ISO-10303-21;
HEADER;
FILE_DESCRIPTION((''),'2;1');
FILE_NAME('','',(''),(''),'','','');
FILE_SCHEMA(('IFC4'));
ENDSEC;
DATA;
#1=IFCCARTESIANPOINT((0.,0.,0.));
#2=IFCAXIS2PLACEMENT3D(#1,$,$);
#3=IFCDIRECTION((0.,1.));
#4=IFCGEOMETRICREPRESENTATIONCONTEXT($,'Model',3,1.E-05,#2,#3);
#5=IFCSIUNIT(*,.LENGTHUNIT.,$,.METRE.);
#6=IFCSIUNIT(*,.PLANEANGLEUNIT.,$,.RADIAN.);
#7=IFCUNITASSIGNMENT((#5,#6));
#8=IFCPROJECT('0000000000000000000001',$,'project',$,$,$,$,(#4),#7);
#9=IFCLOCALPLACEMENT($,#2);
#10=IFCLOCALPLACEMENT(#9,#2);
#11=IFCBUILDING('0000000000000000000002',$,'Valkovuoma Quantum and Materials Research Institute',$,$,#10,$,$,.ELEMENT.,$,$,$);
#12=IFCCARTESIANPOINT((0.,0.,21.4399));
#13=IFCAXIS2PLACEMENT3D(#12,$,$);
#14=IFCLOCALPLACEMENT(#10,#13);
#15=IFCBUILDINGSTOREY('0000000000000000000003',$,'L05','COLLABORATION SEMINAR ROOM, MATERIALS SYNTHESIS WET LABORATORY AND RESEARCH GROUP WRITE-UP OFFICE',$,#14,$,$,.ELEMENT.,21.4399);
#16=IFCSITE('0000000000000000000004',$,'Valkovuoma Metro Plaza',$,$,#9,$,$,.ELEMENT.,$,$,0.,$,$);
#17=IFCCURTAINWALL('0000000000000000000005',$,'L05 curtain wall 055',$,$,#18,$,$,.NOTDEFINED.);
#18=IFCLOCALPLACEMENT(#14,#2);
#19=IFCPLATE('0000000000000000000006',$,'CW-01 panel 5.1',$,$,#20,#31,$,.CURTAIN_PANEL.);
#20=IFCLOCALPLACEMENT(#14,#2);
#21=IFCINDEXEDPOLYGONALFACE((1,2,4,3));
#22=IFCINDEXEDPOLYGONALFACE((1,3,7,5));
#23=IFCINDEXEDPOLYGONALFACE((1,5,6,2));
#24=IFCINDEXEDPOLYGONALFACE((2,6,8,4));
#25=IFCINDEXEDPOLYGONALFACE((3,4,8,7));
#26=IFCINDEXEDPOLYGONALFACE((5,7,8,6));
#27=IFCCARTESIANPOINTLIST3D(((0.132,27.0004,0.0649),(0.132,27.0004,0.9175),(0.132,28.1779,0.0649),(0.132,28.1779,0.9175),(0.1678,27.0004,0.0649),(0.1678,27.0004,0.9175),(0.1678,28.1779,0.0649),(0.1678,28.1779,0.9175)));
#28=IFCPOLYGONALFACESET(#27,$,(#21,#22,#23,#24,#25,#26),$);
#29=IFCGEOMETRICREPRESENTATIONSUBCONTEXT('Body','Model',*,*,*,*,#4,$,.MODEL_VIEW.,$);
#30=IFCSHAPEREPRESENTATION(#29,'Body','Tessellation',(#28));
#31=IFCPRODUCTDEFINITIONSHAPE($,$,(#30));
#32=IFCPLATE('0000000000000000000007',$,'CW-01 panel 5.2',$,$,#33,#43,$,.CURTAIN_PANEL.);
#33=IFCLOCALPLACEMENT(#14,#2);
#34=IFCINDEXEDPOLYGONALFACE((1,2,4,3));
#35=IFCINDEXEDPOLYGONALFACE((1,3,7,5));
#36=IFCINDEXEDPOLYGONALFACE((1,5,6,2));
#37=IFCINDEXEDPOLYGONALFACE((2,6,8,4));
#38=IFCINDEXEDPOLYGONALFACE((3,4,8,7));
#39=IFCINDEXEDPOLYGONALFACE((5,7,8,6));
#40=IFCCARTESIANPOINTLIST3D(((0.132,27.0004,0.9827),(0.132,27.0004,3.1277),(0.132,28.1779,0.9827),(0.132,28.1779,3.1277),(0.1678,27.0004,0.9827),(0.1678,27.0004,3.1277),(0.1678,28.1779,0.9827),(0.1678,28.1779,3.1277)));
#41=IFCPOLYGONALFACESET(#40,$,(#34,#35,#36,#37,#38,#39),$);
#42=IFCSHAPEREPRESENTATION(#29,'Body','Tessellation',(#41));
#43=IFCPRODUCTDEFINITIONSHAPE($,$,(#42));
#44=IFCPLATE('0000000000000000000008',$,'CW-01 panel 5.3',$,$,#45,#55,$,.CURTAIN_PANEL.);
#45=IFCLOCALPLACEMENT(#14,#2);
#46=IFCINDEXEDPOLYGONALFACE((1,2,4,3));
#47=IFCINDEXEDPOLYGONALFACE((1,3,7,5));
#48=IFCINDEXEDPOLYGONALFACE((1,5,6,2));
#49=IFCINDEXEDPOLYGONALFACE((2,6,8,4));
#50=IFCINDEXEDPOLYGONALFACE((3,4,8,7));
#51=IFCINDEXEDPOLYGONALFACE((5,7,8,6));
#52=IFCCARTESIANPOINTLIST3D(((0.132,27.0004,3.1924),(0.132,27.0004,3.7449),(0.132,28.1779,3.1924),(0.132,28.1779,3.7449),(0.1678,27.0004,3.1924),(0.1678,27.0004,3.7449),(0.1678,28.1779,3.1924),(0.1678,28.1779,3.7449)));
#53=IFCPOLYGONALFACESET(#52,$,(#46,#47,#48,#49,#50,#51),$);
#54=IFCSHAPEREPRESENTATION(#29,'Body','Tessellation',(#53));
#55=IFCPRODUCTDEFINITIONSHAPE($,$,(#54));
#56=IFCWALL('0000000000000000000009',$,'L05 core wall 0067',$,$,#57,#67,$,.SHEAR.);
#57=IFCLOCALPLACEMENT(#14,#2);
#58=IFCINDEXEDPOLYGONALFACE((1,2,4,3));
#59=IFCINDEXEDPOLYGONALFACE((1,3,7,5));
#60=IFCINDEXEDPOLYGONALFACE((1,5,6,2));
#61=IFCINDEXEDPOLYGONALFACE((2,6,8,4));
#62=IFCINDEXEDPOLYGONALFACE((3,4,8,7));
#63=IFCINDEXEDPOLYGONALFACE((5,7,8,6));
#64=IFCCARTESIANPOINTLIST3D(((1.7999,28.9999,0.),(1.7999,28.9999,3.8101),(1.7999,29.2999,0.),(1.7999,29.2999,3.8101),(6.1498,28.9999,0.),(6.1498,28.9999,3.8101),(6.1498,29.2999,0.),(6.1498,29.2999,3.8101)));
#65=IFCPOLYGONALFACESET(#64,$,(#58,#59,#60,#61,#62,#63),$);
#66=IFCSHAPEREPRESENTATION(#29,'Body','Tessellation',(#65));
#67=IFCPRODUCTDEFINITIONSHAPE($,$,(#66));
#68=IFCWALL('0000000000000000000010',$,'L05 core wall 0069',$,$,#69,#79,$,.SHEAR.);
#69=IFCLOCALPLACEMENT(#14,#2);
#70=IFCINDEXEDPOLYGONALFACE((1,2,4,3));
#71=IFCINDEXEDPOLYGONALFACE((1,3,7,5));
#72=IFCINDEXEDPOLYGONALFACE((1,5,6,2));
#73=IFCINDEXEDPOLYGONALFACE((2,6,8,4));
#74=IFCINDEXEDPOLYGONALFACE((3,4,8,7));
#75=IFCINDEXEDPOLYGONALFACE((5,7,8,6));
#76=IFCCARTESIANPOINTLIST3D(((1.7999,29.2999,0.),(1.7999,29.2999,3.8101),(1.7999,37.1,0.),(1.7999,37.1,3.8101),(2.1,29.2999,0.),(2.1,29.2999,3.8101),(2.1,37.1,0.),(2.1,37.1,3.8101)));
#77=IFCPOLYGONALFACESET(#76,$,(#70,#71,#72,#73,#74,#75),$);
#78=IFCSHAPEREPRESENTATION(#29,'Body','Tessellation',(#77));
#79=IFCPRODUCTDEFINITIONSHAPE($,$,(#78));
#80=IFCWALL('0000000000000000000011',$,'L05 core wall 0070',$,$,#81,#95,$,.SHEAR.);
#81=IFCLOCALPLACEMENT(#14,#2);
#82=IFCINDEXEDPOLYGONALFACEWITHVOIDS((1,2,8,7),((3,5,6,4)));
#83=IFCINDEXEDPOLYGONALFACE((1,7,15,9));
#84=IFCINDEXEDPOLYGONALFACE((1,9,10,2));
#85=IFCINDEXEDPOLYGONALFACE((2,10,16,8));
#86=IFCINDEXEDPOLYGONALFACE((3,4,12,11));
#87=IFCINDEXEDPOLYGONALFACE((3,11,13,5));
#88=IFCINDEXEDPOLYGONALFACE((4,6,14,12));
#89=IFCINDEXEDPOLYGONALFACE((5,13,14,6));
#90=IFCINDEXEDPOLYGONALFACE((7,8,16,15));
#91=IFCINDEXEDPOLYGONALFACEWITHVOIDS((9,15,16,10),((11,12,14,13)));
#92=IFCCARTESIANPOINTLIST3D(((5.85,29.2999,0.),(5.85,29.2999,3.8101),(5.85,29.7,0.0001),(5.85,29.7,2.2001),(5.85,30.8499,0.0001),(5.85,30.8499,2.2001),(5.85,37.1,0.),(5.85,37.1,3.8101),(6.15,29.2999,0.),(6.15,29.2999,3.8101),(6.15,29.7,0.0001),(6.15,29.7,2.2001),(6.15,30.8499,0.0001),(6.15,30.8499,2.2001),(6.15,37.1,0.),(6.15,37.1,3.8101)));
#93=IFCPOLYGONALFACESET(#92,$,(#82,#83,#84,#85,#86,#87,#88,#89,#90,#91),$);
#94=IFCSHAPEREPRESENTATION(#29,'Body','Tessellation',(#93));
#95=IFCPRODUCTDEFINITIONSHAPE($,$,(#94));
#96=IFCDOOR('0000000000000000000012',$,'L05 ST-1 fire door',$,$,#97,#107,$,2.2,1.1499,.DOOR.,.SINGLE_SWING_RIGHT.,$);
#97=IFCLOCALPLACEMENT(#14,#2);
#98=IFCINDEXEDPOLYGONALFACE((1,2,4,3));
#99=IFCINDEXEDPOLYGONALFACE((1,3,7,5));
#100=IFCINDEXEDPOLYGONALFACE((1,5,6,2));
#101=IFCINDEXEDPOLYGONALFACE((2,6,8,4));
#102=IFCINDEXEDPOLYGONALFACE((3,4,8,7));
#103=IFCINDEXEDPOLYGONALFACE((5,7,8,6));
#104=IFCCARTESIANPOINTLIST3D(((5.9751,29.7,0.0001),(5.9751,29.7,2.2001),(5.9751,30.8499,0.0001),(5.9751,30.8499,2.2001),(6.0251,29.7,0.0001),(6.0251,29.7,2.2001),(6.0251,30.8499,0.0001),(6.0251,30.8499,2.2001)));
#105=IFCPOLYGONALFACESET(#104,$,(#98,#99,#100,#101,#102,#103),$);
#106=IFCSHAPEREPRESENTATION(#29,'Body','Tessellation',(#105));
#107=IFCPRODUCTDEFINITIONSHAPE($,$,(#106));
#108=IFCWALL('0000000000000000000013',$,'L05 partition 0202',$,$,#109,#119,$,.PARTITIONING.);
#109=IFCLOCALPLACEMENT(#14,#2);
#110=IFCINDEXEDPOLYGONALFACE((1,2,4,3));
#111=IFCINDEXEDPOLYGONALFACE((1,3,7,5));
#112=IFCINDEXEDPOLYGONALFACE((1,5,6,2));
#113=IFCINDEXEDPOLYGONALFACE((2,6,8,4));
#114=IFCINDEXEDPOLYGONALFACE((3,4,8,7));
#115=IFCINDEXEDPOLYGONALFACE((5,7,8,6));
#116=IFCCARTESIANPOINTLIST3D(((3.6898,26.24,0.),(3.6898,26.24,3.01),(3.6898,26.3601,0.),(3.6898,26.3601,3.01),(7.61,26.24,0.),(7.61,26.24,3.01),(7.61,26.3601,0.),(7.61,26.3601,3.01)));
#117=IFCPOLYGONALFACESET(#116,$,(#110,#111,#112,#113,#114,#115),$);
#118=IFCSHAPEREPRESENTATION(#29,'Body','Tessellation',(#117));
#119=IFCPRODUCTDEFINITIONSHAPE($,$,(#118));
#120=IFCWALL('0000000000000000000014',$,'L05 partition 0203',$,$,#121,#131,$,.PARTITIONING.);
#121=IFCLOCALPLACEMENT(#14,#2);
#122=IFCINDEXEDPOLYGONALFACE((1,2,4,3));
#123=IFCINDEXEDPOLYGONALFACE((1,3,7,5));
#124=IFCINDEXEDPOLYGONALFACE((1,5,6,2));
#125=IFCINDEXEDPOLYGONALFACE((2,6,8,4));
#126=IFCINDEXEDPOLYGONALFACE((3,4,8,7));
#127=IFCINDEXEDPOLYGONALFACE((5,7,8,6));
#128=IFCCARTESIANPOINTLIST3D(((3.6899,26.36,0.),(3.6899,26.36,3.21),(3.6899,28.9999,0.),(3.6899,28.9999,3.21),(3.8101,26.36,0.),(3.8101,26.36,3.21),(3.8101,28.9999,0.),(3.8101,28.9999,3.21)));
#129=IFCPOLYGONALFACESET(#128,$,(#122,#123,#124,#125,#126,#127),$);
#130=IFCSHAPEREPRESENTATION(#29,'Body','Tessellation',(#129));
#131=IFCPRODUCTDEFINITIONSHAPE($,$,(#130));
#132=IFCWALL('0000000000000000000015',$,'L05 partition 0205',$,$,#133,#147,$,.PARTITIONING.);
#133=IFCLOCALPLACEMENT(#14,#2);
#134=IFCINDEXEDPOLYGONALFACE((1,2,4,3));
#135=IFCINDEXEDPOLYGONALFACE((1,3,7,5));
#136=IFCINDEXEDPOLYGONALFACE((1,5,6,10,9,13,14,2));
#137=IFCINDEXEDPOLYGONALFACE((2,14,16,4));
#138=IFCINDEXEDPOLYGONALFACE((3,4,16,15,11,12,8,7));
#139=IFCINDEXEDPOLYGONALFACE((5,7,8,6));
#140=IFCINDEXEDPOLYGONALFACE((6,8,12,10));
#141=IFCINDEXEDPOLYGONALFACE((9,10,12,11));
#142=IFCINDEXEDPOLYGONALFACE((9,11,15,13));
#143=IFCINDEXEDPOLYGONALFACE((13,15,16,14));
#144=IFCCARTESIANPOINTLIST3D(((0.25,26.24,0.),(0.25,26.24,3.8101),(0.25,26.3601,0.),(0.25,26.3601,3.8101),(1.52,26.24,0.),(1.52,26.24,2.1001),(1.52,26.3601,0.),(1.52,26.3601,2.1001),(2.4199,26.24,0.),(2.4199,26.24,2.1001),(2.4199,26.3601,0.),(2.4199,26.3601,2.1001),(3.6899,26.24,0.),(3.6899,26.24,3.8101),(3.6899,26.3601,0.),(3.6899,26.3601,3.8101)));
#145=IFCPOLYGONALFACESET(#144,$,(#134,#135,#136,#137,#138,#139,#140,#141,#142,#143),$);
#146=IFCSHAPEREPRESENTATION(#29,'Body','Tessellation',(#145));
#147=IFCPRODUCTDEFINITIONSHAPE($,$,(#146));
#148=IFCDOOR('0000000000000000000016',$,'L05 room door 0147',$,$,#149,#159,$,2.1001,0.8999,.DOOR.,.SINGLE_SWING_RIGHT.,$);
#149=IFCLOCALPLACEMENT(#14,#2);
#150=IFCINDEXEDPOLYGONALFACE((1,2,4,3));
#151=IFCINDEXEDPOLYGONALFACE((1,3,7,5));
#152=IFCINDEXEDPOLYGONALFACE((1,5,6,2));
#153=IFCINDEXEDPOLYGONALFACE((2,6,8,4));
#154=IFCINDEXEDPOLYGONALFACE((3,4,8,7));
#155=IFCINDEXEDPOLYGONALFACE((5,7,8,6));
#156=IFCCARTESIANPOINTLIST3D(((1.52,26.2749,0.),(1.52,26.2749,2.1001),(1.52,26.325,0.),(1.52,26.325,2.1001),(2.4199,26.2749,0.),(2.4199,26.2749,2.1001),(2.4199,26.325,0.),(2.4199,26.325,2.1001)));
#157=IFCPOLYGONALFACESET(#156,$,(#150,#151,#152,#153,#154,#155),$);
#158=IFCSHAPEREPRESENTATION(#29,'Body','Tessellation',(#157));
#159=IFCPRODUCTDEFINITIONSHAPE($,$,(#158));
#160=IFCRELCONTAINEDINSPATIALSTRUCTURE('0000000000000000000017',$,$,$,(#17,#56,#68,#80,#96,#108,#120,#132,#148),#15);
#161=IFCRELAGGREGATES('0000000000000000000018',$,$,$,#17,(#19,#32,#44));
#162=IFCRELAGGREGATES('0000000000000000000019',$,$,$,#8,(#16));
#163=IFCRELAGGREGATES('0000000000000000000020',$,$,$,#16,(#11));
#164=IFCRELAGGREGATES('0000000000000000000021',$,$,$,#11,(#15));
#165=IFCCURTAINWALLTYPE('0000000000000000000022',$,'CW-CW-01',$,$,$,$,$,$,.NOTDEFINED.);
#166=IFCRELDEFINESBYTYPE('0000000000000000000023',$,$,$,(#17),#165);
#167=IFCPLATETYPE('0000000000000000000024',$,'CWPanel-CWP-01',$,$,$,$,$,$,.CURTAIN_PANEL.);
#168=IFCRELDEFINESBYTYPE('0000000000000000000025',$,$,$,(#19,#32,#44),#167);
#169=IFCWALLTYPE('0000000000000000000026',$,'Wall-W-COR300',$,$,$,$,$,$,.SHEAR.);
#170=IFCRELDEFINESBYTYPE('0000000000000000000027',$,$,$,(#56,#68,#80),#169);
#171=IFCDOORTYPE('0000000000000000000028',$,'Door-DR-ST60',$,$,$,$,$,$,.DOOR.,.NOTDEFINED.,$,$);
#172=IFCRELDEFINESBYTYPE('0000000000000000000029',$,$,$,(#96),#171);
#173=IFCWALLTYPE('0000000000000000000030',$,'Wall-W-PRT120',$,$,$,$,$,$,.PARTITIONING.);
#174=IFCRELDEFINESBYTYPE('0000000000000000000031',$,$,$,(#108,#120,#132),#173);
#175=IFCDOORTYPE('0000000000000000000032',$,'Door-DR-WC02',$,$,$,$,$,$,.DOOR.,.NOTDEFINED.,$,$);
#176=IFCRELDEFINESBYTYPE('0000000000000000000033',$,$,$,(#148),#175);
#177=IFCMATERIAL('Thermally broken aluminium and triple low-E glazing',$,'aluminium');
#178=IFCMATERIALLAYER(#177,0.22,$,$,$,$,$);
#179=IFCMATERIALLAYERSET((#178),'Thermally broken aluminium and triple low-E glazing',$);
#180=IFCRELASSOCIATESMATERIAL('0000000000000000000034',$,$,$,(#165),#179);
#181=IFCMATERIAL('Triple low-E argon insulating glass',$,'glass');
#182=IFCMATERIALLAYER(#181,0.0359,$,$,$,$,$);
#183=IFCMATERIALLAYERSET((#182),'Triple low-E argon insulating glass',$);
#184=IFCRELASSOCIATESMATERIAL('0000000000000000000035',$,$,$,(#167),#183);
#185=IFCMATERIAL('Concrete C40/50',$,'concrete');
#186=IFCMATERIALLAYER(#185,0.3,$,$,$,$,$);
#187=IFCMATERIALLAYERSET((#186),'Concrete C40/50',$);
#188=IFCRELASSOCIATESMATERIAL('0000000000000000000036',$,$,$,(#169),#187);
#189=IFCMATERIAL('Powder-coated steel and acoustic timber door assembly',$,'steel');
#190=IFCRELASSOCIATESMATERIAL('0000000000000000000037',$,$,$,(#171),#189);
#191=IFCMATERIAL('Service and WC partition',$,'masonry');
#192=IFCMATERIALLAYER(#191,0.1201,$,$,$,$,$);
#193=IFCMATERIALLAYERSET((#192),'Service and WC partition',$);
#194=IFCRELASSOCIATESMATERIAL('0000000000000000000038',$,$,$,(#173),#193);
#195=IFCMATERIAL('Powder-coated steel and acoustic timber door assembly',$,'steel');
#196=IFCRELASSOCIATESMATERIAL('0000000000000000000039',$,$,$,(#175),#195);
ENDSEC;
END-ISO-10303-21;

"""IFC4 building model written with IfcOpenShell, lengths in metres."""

from ifc_helpers import new_model, si_unit, direction, frame, frame_2d, origin, origin_2d, place, context, subcontext, project, spatial, rectangle, extrude, material, layer, layer_set, type_object, element, fill, aggregate, save


model = new_model("IFC4")

# Units and contexts
model_context = context("Model", 3, precision=1e-05, world=origin(), true_north=direction((0.0, 1.0)))
body_context = subcontext(model_context, "Body", "Model", "MODEL_VIEW")
ifc_project = project(units=[si_unit("LENGTHUNIT", "METRE"), si_unit("PLANEANGLEUNIT", "RADIAN")], contexts=[model_context])

# Site, building, storey
site_placement = place(None, origin())
site = spatial("IfcSite", under=ifc_project, at=site_placement, Name="Valkovuoma Metro Plaza", CompositionType="ELEMENT", RefElevation=0.0)
building_placement = place(site_placement, origin())
building = spatial("IfcBuilding", under=site, at=building_placement, Name="Valkovuoma Quantum and Materials Research Institute", CompositionType="ELEMENT")
storey_placement = place(building_placement, frame((0.0, 0.0, 21.4399)))
storey = spatial("IfcBuildingStorey", under=building, at=storey_placement, Name="L05", Description="COLLABORATION SEMINAR ROOM, MATERIALS SYNTHESIS WET LABORATORY AND RESEARCH GROUP WRITE-UP OFFICE", CompositionType="ELEMENT", Elevation=21.4399)

# Curtain wall, plates
ifc_material_1 = material(Name="Thermally broken aluminium and triple low-E glazing", Category="aluminium")
ifc_layer_1 = layer(ifc_material_1, 0.22)
ifc_layer_set_1 = layer_set([ifc_layer_1], Name="Thermally broken aluminium and triple low-E glazing")
curtain_wall_type = type_object("IfcCurtainWallType", Name="CW-CW-01", PredefinedType="NOTDEFINED", material=ifc_layer_set_1)
curtain_wall_placement = place(storey_placement, origin())
curtain_wall = element("IfcCurtainWall", 1, at=curtain_wall_placement, inside=storey, type_object=curtain_wall_type, Name="L05 curtain wall 055", PredefinedType="NOTDEFINED")
ifc_material_2 = material(Name="Triple low-E argon insulating glass", Category="glass")
ifc_layer_2 = layer(ifc_material_2, 0.0359)
ifc_layer_set_2 = layer_set([ifc_layer_2], Name="Triple low-E argon insulating glass")
plate_type = type_object("IfcPlateType", Name="CWPanel-CWP-01", PredefinedType="CURTAIN_PANEL", material=ifc_layer_set_2)
plate_1_placement = place(storey_placement, frame((0.1499, 27.5891, 0.0649), z_axis=(0.0, 0.0, 1.0), x_axis=(0.0, 1.0, 0.0)))
plate_1 = element("IfcPlate", 2, at=plate_1_placement, type_object=plate_type, Name="CW-01 panel 5.1", PredefinedType="CURTAIN_PANEL", context=body_context, shape_type="SweptSolid", body=[
    extrude(rectangle(XDim=1.1775, YDim=0.0359, at=origin_2d()), origin(), (0.0, 0.0, 1.0), 0.8525),
])
plate_2_placement = place(storey_placement, frame((0.1499, 27.5891, 0.9827), z_axis=(0.0, 0.0, 1.0), x_axis=(0.0, 1.0, 0.0)))
plate_2 = element("IfcPlate", 3, at=plate_2_placement, type_object=plate_type, Name="CW-01 panel 5.2", PredefinedType="CURTAIN_PANEL", context=body_context, shape_type="SweptSolid", body=[
    extrude(rectangle(XDim=1.1775, YDim=0.0359, at=origin_2d()), origin(), (0.0, 0.0, 1.0), 2.145),
])
plate_3_placement = place(storey_placement, frame((0.1499, 27.5891, 3.1924), z_axis=(0.0, 0.0, 1.0), x_axis=(0.0, 1.0, 0.0)))
plate_3 = element("IfcPlate", 4, at=plate_3_placement, type_object=plate_type, Name="CW-01 panel 5.3", PredefinedType="CURTAIN_PANEL", context=body_context, shape_type="SweptSolid", body=[
    extrude(rectangle(XDim=1.1775, YDim=0.0359, at=origin_2d()), origin(), (0.0, 0.0, 1.0), 0.5525),
])
aggregate(curtain_wall, [plate_1, plate_2, plate_3])

# Walls
ifc_material_3 = material(Name="Concrete C40/50", Category="concrete")
ifc_layer_3 = layer(ifc_material_3, 0.3)
ifc_layer_set_3 = layer_set([ifc_layer_3], Name="Concrete C40/50")
wall_type_1 = type_object("IfcWallType", Name="Wall-W-COR300", PredefinedType="SHEAR", material=ifc_layer_set_3)
wall_1_placement = place(storey_placement, frame((1.8, 29.1499, 0.0), z_axis=(0.0, 0.0, 1.0), x_axis=(1.0, 0.0, 0.0)))
element("IfcWall", 5, at=wall_1_placement, inside=storey, type_object=wall_type_1, Name="L05 core wall 0067", PredefinedType="SHEAR", context=body_context, shape_type="SweptSolid", body=[
    extrude(rectangle(XDim=4.3499, YDim=0.3, at=frame_2d((2.1748, 0.0))), origin(), (0.0, 0.0, 1.0), 3.8101),
])
wall_2_placement = place(storey_placement, frame((1.95, 29.3, 0.0), z_axis=(0.0, 0.0, 1.0), x_axis=(0.0, 1.0, 0.0)))
element("IfcWall", 6, at=wall_2_placement, inside=storey, type_object=wall_type_1, Name="L05 core wall 0069", PredefinedType="SHEAR", context=body_context, shape_type="SweptSolid", body=[
    extrude(rectangle(XDim=7.8, YDim=0.3, at=frame_2d((3.8999, 0.0))), origin(), (0.0, 0.0, 1.0), 3.8101),
])

# Wall, opening, door
wall_3_placement = place(storey_placement, frame((6.0, 29.3, 0.0), z_axis=(0.0, 0.0, 1.0), x_axis=(0.0, 1.0, 0.0)))
wall_3 = element("IfcWall", 7, at=wall_3_placement, inside=storey, type_object=wall_type_1, Name="L05 core wall 0070", PredefinedType="SHEAR", context=body_context, shape_type="SweptSolid", body=[
    extrude(rectangle(XDim=7.8, YDim=0.3, at=frame_2d((3.8999, 0.0))), origin(), (0.0, 0.0, 1.0), 3.8101),
])
opening_1_placement = place(wall_3_placement, frame((0.3999, 0.0, 0.0)))
opening_1 = element("IfcOpeningElement", 8, at=opening_1_placement, cuts=wall_3, PredefinedType="OPENING", context=body_context, shape_type="SweptSolid", body=[
    extrude(rectangle(XDim=1.1499, YDim=2.2, at=frame_2d((0.575, 1.1001))), frame((0.0, 0.1602, 0.0), z_axis=(0.0, -1.0, 0.0), x_axis=(1.0, 0.0, 0.0)), (0.0, 0.0, 1.0), 0.3201),
])
ifc_material_4 = material(Name="Powder-coated steel and acoustic timber door assembly", Category="steel")
door_type_1 = type_object("IfcDoorType", Name="Door-DR-ST60", OperationType="NOTDEFINED", PredefinedType="DOOR", material=ifc_material_4)
door_1_placement = place(opening_1_placement, origin())
door_1 = element("IfcDoor", 9, at=door_1_placement, inside=storey, type_object=door_type_1, Name="L05 ST-1 fire door", OperationType="SINGLE_SWING_RIGHT", OverallHeight=2.2, OverallWidth=1.1499, PredefinedType="DOOR", context=body_context, shape_type="SweptSolid", body=[
    extrude(rectangle(XDim=1.1499, YDim=2.2, at=frame_2d((0.575, 1.1001))), frame((0.0, 0.0249, 0.0), z_axis=(0.0, -1.0, 0.0), x_axis=(1.0, 0.0, 0.0)), (0.0, 0.0, 1.0), 0.05),
])
fill(opening_1, door_1)

# Walls
ifc_material_5 = material(Name="Service and WC partition", Category="masonry")
ifc_layer_4 = layer(ifc_material_5, 0.1201)
ifc_layer_set_4 = layer_set([ifc_layer_4], Name="Service and WC partition")
wall_type_2 = type_object("IfcWallType", Name="Wall-W-PRT120", PredefinedType="PARTITIONING", material=ifc_layer_set_4)
wall_4_placement = place(storey_placement, frame((3.6899, 26.3, 0.0), z_axis=(0.0, 0.0, 1.0), x_axis=(1.0, 0.0, 0.0)))
element("IfcWall", 10, at=wall_4_placement, inside=storey, type_object=wall_type_2, Name="L05 partition 0202", PredefinedType="PARTITIONING", context=body_context, shape_type="SweptSolid", body=[
    extrude(rectangle(XDim=3.9202, YDim=0.1201, at=frame_2d((1.96, 0.0))), origin(), (0.0, 0.0, 1.0), 3.01),
])
wall_5_placement = place(storey_placement, frame((3.75, 26.3601, 0.0), z_axis=(0.0, 0.0, 1.0), x_axis=(0.0, 1.0, 0.0)))
element("IfcWall", 11, at=wall_5_placement, inside=storey, type_object=wall_type_2, Name="L05 partition 0203", PredefinedType="PARTITIONING", context=body_context, shape_type="SweptSolid", body=[
    extrude(rectangle(XDim=2.6399, YDim=0.1201, at=frame_2d((1.3198, 0.0))), origin(), (0.0, 0.0, 1.0), 3.21),
])

# Wall, opening, door
wall_6_placement = place(storey_placement, frame((0.25, 26.3, 0.0), z_axis=(0.0, 0.0, 1.0), x_axis=(1.0, 0.0, 0.0)))
wall_6 = element("IfcWall", 12, at=wall_6_placement, inside=storey, type_object=wall_type_2, Name="L05 partition 0205", PredefinedType="PARTITIONING", context=body_context, shape_type="SweptSolid", body=[
    extrude(rectangle(XDim=3.4399, YDim=0.1201, at=frame_2d((1.72, 0.0))), origin(), (0.0, 0.0, 1.0), 3.8101),
])
opening_2_placement = place(wall_6_placement, frame((1.27, 0.0, 0.0)))
opening_2 = element("IfcOpeningElement", 13, at=opening_2_placement, cuts=wall_6, PredefinedType="OPENING", context=body_context, shape_type="SweptSolid", body=[
    extrude(rectangle(XDim=0.8999, YDim=2.1001, at=frame_2d((0.45, 1.05))), frame((0.0, 0.0701, 0.0), z_axis=(0.0, -1.0, 0.0), x_axis=(1.0, 0.0, 0.0)), (0.0, 0.0, 1.0), 0.1401),
])
ifc_material_6 = material(Name="Powder-coated steel and acoustic timber door assembly", Category="steel")
door_type_2 = type_object("IfcDoorType", Name="Door-DR-WC02", OperationType="NOTDEFINED", PredefinedType="DOOR", material=ifc_material_6)
door_2_placement = place(opening_2_placement, origin())
door_2 = element("IfcDoor", 14, at=door_2_placement, inside=storey, type_object=door_type_2, Name="L05 room door 0147", OperationType="SINGLE_SWING_RIGHT", OverallHeight=2.1001, OverallWidth=0.8999, PredefinedType="DOOR", context=body_context, shape_type="SweptSolid", body=[
    extrude(rectangle(XDim=0.8999, YDim=2.1001, at=frame_2d((0.45, 1.05))), frame((0.0, 0.0249, 0.0), z_axis=(0.0, -1.0, 0.0), x_axis=(1.0, 0.0, 0.0)), (0.0, 0.0, 1.0), 0.05),
])
fill(opening_2, door_2)

save(model, "model.ifc")
